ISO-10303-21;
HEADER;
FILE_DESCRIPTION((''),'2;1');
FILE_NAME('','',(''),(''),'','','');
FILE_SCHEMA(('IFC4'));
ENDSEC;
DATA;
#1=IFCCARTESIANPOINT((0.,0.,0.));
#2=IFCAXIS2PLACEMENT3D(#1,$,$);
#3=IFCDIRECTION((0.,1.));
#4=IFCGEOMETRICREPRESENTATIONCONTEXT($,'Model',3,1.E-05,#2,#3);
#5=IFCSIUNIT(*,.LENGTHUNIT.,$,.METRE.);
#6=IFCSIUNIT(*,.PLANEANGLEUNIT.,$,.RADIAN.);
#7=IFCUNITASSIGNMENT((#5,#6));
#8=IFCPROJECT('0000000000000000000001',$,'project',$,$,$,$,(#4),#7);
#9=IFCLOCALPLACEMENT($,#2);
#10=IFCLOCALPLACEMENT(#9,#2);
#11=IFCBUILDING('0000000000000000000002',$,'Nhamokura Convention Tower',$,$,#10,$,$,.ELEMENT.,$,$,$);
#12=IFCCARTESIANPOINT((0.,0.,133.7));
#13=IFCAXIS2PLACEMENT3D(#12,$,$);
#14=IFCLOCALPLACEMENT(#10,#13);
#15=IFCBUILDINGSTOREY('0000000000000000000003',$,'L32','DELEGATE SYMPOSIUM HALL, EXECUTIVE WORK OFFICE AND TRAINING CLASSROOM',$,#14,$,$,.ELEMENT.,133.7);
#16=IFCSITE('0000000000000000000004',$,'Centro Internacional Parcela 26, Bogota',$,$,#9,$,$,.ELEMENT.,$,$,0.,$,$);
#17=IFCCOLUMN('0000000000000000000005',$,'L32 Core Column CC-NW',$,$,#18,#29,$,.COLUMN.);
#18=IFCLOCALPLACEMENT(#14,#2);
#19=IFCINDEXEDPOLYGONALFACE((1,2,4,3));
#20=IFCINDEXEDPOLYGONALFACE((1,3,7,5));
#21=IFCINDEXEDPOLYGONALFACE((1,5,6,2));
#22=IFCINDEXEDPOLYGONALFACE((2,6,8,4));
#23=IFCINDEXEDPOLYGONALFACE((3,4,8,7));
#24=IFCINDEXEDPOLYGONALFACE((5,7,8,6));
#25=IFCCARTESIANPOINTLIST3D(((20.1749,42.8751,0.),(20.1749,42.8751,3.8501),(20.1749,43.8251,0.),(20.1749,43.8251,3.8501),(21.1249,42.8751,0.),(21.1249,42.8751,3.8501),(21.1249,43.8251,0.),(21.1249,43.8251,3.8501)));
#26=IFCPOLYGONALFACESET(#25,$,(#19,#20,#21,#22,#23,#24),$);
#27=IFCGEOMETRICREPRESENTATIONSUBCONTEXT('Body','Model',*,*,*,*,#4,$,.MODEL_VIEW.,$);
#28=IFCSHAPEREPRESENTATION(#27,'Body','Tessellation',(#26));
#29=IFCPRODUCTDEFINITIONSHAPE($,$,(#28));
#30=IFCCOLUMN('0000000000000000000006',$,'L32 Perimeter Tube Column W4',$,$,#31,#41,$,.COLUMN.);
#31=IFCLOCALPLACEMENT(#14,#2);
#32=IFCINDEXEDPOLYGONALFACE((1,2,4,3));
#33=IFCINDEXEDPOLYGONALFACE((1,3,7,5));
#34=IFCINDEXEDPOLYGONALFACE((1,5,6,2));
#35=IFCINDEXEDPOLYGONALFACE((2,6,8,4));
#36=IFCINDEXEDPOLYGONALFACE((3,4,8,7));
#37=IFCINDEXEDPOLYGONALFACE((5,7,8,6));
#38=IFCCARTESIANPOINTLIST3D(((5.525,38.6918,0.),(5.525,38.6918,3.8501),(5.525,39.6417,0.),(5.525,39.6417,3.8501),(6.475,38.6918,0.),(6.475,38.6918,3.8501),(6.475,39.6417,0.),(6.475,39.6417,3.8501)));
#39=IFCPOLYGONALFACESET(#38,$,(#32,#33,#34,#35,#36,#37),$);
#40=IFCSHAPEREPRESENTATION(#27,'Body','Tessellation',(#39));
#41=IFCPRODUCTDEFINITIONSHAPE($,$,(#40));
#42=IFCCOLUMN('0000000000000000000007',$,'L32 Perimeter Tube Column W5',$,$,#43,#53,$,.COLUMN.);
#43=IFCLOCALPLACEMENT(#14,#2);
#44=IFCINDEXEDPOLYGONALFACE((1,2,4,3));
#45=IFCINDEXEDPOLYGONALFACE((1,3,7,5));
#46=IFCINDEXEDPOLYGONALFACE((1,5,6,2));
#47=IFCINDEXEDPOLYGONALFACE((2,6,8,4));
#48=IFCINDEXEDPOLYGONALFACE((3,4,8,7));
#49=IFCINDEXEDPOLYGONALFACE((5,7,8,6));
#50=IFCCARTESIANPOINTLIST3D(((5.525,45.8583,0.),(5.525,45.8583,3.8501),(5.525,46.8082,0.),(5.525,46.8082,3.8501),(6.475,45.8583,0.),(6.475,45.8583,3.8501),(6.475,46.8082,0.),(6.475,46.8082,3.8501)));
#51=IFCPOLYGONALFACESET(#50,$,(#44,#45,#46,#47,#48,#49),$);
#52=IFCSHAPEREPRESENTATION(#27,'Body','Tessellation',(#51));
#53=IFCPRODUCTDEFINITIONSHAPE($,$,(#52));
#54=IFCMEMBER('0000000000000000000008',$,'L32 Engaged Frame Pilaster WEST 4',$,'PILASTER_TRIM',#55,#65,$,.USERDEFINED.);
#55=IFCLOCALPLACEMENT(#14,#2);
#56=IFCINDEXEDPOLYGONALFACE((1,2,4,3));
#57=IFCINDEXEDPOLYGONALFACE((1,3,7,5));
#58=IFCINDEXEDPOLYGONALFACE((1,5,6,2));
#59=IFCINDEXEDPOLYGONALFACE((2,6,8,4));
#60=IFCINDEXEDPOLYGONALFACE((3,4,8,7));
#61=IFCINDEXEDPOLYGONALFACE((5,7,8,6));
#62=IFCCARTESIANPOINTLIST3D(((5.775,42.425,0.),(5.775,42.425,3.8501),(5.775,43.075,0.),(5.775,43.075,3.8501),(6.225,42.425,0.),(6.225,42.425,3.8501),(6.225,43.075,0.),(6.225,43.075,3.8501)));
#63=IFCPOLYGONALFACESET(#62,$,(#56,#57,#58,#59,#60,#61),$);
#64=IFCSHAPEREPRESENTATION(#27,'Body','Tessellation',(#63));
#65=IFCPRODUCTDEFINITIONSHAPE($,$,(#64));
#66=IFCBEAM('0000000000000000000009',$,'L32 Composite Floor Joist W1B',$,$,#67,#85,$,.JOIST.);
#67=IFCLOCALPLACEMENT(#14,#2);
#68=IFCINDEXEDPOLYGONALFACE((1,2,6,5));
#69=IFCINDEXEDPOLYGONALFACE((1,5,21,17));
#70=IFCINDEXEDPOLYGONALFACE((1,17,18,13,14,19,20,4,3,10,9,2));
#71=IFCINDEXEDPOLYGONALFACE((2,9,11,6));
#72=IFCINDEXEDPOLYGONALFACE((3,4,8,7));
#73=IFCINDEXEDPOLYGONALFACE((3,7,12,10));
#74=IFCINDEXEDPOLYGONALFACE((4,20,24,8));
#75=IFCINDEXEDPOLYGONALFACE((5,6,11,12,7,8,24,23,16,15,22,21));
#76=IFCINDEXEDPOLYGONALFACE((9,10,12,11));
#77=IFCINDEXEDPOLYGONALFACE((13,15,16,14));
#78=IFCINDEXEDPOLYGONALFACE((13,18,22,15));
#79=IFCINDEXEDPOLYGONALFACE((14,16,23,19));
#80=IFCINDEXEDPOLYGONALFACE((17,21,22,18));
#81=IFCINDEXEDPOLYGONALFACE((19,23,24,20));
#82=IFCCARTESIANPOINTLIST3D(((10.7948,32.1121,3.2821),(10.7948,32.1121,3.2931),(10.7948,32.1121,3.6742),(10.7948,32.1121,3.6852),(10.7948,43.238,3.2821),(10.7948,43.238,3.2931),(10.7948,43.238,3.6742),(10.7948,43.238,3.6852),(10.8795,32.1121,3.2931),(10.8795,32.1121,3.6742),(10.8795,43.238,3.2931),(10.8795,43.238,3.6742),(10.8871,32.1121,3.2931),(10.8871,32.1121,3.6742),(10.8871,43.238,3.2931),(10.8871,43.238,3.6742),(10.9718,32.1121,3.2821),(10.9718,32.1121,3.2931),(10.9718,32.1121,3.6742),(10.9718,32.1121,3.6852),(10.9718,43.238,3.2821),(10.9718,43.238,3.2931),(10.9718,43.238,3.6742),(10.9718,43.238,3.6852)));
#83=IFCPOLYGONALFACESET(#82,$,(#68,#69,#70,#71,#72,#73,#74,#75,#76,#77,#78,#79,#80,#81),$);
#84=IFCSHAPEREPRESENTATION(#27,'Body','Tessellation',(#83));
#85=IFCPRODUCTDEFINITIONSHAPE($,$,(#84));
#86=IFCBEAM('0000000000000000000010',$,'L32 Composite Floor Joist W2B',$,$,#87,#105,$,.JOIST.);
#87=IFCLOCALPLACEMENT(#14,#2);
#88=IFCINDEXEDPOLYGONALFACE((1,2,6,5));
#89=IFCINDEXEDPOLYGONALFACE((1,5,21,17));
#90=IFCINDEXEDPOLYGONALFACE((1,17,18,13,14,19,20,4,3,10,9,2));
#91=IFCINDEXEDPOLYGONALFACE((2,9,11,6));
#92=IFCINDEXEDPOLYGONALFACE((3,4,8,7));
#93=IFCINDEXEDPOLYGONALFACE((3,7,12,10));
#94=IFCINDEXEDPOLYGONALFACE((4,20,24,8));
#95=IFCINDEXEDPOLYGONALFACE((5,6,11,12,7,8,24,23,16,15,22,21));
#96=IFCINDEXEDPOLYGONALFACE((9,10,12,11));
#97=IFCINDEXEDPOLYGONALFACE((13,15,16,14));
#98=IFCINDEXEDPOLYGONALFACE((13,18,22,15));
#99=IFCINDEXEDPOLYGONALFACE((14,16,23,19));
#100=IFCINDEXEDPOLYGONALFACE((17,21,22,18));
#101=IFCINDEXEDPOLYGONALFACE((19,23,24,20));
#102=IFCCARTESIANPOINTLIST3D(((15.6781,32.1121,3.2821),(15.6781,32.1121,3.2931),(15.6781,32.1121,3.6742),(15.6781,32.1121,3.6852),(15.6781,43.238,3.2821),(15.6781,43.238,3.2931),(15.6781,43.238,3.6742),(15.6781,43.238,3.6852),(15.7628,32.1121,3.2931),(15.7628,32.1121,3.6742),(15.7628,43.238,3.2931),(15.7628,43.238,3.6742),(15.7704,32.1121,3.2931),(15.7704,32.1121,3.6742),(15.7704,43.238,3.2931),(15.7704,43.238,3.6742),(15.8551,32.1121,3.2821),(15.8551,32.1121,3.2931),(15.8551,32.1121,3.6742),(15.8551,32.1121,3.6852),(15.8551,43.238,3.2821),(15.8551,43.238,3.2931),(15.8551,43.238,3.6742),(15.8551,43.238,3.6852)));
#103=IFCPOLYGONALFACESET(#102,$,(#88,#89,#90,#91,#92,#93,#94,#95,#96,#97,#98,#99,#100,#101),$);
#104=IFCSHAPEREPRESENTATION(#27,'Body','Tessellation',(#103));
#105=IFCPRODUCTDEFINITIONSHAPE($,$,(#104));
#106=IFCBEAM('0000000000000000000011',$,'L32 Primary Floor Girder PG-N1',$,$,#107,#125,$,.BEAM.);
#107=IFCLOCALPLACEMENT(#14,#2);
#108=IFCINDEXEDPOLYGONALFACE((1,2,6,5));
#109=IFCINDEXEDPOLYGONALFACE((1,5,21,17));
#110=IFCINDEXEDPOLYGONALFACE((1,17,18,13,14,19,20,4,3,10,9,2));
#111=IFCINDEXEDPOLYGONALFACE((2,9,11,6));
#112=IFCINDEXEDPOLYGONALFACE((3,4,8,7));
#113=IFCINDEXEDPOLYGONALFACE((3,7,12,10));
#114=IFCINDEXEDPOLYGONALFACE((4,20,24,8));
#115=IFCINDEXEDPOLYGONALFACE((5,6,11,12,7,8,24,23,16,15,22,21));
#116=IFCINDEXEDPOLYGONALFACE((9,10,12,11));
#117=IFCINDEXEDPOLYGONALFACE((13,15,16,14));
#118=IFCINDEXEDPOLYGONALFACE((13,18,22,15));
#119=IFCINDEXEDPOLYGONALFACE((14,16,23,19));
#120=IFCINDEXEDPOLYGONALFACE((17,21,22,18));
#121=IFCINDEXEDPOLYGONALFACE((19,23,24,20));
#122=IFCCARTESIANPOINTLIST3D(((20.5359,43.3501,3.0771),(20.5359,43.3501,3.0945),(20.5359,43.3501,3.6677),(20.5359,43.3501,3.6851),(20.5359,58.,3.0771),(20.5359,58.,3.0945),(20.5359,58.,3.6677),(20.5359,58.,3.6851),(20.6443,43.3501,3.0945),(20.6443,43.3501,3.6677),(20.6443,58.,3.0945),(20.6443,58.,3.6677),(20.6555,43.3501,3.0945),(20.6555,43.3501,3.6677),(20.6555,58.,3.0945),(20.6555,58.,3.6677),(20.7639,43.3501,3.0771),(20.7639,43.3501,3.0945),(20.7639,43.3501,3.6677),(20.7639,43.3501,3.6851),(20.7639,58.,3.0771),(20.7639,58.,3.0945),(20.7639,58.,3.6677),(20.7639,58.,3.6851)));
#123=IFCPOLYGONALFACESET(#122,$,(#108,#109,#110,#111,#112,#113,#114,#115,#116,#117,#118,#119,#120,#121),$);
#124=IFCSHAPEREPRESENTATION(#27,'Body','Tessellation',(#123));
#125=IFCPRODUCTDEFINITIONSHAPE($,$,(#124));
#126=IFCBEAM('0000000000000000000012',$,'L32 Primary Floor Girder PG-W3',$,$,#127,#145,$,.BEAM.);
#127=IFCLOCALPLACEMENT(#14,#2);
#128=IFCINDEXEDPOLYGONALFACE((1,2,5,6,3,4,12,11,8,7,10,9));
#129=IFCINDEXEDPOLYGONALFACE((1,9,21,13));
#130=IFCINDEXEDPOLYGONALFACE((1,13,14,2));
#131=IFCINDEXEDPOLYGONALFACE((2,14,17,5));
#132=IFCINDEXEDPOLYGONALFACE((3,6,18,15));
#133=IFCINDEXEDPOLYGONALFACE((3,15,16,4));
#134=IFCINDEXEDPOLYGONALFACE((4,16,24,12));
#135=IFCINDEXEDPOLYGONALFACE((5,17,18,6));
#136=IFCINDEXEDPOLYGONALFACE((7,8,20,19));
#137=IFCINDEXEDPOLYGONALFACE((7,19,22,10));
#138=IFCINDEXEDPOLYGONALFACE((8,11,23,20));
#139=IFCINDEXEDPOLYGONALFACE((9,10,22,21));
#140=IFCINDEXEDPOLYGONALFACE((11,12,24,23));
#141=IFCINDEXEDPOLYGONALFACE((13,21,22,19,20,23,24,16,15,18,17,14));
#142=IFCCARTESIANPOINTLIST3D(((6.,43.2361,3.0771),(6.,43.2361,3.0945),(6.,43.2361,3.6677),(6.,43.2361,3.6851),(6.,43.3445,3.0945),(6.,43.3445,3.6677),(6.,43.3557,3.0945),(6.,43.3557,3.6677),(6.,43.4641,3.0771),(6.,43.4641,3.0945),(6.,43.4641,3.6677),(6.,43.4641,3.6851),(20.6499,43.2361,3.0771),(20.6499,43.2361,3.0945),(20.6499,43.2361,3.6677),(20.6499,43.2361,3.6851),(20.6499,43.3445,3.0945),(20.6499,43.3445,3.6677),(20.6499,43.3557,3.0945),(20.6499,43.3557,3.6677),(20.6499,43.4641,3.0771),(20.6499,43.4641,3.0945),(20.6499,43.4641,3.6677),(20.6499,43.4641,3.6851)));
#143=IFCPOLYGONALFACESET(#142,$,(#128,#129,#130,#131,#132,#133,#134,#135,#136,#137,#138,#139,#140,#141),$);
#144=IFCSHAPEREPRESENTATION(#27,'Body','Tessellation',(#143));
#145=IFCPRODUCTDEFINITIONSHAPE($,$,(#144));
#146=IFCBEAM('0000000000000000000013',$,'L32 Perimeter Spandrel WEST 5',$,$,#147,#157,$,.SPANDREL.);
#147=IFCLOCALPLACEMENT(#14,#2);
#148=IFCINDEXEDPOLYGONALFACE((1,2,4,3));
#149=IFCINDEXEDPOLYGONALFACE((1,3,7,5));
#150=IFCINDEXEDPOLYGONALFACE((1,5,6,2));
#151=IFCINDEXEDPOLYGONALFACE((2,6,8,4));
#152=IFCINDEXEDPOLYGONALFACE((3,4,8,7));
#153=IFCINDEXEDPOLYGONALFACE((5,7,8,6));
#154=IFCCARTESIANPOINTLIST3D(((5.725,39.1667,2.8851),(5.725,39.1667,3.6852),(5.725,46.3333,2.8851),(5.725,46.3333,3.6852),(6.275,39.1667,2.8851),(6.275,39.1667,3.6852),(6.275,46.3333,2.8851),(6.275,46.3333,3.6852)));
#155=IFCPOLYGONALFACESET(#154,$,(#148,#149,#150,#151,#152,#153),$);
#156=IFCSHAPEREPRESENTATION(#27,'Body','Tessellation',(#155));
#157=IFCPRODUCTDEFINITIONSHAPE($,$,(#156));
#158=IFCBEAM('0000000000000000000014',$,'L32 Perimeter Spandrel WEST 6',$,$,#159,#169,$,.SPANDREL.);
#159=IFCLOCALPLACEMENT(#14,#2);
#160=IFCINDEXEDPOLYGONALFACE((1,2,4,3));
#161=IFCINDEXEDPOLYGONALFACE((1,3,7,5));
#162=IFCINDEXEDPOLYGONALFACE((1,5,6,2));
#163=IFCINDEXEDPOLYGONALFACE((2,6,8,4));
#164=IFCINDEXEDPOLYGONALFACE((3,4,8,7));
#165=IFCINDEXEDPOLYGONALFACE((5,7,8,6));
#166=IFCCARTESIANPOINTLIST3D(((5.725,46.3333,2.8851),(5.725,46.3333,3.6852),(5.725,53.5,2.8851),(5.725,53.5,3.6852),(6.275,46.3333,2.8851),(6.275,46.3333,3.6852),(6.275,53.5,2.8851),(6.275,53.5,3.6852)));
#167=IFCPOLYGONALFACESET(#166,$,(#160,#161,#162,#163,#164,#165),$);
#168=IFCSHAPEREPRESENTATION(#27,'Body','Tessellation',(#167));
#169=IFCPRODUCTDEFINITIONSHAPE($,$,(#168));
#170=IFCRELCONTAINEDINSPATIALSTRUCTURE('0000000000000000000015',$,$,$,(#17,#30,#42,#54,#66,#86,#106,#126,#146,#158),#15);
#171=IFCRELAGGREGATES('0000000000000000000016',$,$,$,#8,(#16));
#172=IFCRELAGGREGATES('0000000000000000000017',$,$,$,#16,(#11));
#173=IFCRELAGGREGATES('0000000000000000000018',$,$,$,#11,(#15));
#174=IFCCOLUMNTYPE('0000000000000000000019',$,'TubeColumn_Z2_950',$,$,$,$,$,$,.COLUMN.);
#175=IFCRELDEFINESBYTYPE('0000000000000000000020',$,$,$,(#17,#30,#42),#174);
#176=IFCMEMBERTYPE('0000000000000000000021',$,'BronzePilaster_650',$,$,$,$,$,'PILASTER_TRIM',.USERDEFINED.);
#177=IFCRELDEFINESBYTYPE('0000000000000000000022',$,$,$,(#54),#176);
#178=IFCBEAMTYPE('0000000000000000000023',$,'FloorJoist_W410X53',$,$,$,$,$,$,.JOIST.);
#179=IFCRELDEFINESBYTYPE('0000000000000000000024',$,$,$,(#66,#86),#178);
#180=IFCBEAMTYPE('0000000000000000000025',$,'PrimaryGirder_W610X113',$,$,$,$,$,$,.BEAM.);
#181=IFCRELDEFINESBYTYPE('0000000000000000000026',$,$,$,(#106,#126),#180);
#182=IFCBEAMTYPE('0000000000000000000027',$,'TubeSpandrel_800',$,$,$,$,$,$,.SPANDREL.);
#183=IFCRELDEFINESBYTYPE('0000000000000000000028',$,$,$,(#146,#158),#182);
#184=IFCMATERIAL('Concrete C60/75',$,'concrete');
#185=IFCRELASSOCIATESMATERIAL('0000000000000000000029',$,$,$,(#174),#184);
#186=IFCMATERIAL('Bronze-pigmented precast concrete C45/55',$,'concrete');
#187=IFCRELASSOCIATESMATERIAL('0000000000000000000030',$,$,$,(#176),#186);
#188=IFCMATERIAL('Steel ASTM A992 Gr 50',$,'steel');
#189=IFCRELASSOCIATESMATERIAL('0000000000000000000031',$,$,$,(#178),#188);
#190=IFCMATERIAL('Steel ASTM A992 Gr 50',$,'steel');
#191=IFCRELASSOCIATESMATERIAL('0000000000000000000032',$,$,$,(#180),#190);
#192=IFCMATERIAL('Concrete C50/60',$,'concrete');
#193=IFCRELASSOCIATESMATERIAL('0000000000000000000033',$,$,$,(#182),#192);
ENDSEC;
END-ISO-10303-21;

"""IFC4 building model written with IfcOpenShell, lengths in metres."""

from ifc_helpers import new_model, si_unit, direction, frame, origin, origin_2d, place, context, subcontext, project, spatial, rectangle, i_section, extrude, material, material_profile, profile_set, type_object, element, save


model = new_model("IFC4")

# Units and contexts
model_context = context("Model", 3, precision=1e-05, world=origin(), true_north=direction((0.0, 1.0)))
body_context = subcontext(model_context, "Body", "Model", "MODEL_VIEW")
ifc_project = project(units=[si_unit("LENGTHUNIT", "METRE"), si_unit("PLANEANGLEUNIT", "RADIAN")], contexts=[model_context])

# Site, building, storey
site_placement = place(None, origin())
site = spatial("IfcSite", under=ifc_project, at=site_placement, Name="Centro Internacional Parcela 26, Bogota", CompositionType="ELEMENT", RefElevation=0.0)
building_placement = place(site_placement, origin())
building = spatial("IfcBuilding", under=site, at=building_placement, Name="Nhamokura Convention Tower", CompositionType="ELEMENT")
storey_placement = place(building_placement, frame((0.0, 0.0, 133.7)))
storey = spatial("IfcBuildingStorey", under=building, at=storey_placement, Name="L32", Description="DELEGATE SYMPOSIUM HALL, EXECUTIVE WORK OFFICE AND TRAINING CLASSROOM", CompositionType="ELEMENT", Elevation=133.7)

# Columns
ifc_material_1 = material(Name="Concrete C60/75", Category="concrete")
ifc_material_profile_1 = material_profile(ifc_material_1, rectangle(XDim=0.95, YDim=0.95, at=origin_2d()))
ifc_profile_set_1 = profile_set([ifc_material_profile_1], Name="Concrete C60/75")
column_type = type_object("IfcColumnType", Name="TubeColumn_Z2_950", PredefinedType="COLUMN", material=ifc_profile_set_1)
for number, where, z_axis, x_axis, name in (
    (1, (20.6499, 43.3501, 0.0), (0.0, 0.0, 1.0), (1.0, 0.0, 0.0), "L32 Core Column CC-NW"),
    (2, (6.0, 39.1667, 0.0), (0.0, 0.0, 1.0), (1.0, 0.0, 0.0), "L32 Perimeter Tube Column W4"),
    (3, (6.0, 46.3333, 0.0), (0.0, 0.0, 1.0), (1.0, 0.0, 0.0), "L32 Perimeter Tube Column W5"),
):
    element("IfcColumn", number, at=place(storey_placement, frame(where, z_axis=z_axis, x_axis=x_axis)), inside=storey, type_object=column_type, Name=name, PredefinedType="COLUMN", context=body_context, shape_type="SweptSolid", body=[
        extrude(rectangle(XDim=0.95, YDim=0.95, at=origin_2d()), origin(), (0.0, 0.0, 1.0), 3.8501),
    ])

# Member
ifc_material_2 = material(Name="Bronze-pigmented precast concrete C45/55", Category="concrete")
ifc_material_profile_2 = material_profile(ifc_material_2, rectangle(XDim=0.45, YDim=0.6499, at=origin_2d()))
ifc_profile_set_2 = profile_set([ifc_material_profile_2], Name="Bronze-pigmented precast concrete C45/55")
member_type = type_object("IfcMemberType", Name="BronzePilaster_650", ElementType="PILASTER_TRIM", PredefinedType="USERDEFINED", material=ifc_profile_set_2)
member_placement = place(storey_placement, frame((6.0, 42.75, 0.0), z_axis=(0.0, 0.0, 1.0), x_axis=(1.0, 0.0, 0.0)))
element("IfcMember", 4, at=member_placement, inside=storey, type_object=member_type, Name="L32 Engaged Frame Pilaster WEST 4", ObjectType="PILASTER_TRIM", PredefinedType="USERDEFINED", context=body_context, shape_type="SweptSolid", body=[
    extrude(rectangle(XDim=0.45, YDim=0.6499, at=origin_2d()), origin(), (0.0, 0.0, 1.0), 3.8501),
])

# Beams
ifc_material_3 = material(Name="Steel ASTM A992 Gr 50", Category="steel")
ifc_material_profile_3 = material_profile(ifc_material_3, i_section(OverallWidth=0.177, OverallDepth=0.4031, WebThickness=0.0076, FlangeThickness=0.011, at=origin_2d()))
ifc_profile_set_3 = profile_set([ifc_material_profile_3], Name="Steel ASTM A992 Gr 50")
beam_type_1 = type_object("IfcBeamType", Name="FloorJoist_W410X53", PredefinedType="JOIST", material=ifc_profile_set_3)
for number, where, z_axis, x_axis, name in (
    (5, (10.8833, 32.1121, 3.4836), (0.0, 1.0, 0.0), (-1.0, 0.0, 0.0), "L32 Composite Floor Joist W1B"),
    (6, (15.7666, 32.1121, 3.4836), (0.0, 1.0, 0.0), (-1.0, 0.0, 0.0), "L32 Composite Floor Joist W2B"),
):
    element("IfcBeam", number, at=place(storey_placement, frame(where, z_axis=z_axis, x_axis=x_axis)), inside=storey, type_object=beam_type_1, Name=name, PredefinedType="JOIST", context=body_context, shape_type="SweptSolid", body=[
        extrude(i_section(OverallWidth=0.177, OverallDepth=0.4031, WebThickness=0.0076, FlangeThickness=0.011, at=origin_2d()), origin(), (0.0, 0.0, 1.0), 11.126),
    ])
ifc_material_4 = material(Name="Steel ASTM A992 Gr 50", Category="steel")
ifc_material_profile_4 = material_profile(ifc_material_4, i_section(OverallWidth=0.228, OverallDepth=0.6079, WebThickness=0.0112, FlangeThickness=0.0173, at=origin_2d()))
ifc_profile_set_4 = profile_set([ifc_material_profile_4], Name="Steel ASTM A992 Gr 50")
beam_type_2 = type_object("IfcBeamType", Name="PrimaryGirder_W610X113", PredefinedType="BEAM", material=ifc_profile_set_4)
for number, where, z_axis, x_axis, name in (
    (7, (20.6499, 43.3501, 3.3811), (0.0, 1.0, 0.0), (-1.0, 0.0, 0.0), "L32 Primary Floor Girder PG-N1"),
    (8, (6.0, 43.3501, 3.3811), (1.0, 0.0, 0.0), (0.0, 1.0, 0.0), "L32 Primary Floor Girder PG-W3"),
):
    element("IfcBeam", number, at=place(storey_placement, frame(where, z_axis=z_axis, x_axis=x_axis)), inside=storey, type_object=beam_type_2, Name=name, PredefinedType="BEAM", context=body_context, shape_type="SweptSolid", body=[
        extrude(i_section(OverallWidth=0.228, OverallDepth=0.6079, WebThickness=0.0112, FlangeThickness=0.0173, at=origin_2d()), origin(), (0.0, 0.0, 1.0), 14.6499),
    ])
ifc_material_5 = material(Name="Concrete C50/60", Category="concrete")
ifc_material_profile_5 = material_profile(ifc_material_5, rectangle(XDim=0.55, YDim=0.8, at=origin_2d()))
ifc_profile_set_5 = profile_set([ifc_material_profile_5], Name="Concrete C50/60")
beam_type_3 = type_object("IfcBeamType", Name="TubeSpandrel_800", PredefinedType="SPANDREL", material=ifc_profile_set_5)
beam_1_placement = place(storey_placement, frame((6.0, 39.1667, 3.2852), z_axis=(0.0, 1.0, 0.0), x_axis=(-1.0, 0.0, 0.0)))
element("IfcBeam", 9, at=beam_1_placement, inside=storey, type_object=beam_type_3, Name="L32 Perimeter Spandrel WEST 5", PredefinedType="SPANDREL", context=body_context, shape_type="SweptSolid", body=[
    extrude(rectangle(XDim=0.55, YDim=0.8, at=origin_2d()), origin(), (0.0, 0.0, 1.0), 7.1665),
])
beam_2_placement = place(storey_placement, frame((6.0, 46.3333, 3.2852), z_axis=(0.0, 1.0, 0.0), x_axis=(-1.0, 0.0, 0.0)))
element("IfcBeam", 10, at=beam_2_placement, inside=storey, type_object=beam_type_3, Name="L32 Perimeter Spandrel WEST 6", PredefinedType="SPANDREL", context=body_context, shape_type="SweptSolid", body=[
    extrude(rectangle(XDim=0.55, YDim=0.8, at=origin_2d()), origin(), (0.0, 0.0, 1.0), 7.1667),
])

save(model, "model.ifc")
